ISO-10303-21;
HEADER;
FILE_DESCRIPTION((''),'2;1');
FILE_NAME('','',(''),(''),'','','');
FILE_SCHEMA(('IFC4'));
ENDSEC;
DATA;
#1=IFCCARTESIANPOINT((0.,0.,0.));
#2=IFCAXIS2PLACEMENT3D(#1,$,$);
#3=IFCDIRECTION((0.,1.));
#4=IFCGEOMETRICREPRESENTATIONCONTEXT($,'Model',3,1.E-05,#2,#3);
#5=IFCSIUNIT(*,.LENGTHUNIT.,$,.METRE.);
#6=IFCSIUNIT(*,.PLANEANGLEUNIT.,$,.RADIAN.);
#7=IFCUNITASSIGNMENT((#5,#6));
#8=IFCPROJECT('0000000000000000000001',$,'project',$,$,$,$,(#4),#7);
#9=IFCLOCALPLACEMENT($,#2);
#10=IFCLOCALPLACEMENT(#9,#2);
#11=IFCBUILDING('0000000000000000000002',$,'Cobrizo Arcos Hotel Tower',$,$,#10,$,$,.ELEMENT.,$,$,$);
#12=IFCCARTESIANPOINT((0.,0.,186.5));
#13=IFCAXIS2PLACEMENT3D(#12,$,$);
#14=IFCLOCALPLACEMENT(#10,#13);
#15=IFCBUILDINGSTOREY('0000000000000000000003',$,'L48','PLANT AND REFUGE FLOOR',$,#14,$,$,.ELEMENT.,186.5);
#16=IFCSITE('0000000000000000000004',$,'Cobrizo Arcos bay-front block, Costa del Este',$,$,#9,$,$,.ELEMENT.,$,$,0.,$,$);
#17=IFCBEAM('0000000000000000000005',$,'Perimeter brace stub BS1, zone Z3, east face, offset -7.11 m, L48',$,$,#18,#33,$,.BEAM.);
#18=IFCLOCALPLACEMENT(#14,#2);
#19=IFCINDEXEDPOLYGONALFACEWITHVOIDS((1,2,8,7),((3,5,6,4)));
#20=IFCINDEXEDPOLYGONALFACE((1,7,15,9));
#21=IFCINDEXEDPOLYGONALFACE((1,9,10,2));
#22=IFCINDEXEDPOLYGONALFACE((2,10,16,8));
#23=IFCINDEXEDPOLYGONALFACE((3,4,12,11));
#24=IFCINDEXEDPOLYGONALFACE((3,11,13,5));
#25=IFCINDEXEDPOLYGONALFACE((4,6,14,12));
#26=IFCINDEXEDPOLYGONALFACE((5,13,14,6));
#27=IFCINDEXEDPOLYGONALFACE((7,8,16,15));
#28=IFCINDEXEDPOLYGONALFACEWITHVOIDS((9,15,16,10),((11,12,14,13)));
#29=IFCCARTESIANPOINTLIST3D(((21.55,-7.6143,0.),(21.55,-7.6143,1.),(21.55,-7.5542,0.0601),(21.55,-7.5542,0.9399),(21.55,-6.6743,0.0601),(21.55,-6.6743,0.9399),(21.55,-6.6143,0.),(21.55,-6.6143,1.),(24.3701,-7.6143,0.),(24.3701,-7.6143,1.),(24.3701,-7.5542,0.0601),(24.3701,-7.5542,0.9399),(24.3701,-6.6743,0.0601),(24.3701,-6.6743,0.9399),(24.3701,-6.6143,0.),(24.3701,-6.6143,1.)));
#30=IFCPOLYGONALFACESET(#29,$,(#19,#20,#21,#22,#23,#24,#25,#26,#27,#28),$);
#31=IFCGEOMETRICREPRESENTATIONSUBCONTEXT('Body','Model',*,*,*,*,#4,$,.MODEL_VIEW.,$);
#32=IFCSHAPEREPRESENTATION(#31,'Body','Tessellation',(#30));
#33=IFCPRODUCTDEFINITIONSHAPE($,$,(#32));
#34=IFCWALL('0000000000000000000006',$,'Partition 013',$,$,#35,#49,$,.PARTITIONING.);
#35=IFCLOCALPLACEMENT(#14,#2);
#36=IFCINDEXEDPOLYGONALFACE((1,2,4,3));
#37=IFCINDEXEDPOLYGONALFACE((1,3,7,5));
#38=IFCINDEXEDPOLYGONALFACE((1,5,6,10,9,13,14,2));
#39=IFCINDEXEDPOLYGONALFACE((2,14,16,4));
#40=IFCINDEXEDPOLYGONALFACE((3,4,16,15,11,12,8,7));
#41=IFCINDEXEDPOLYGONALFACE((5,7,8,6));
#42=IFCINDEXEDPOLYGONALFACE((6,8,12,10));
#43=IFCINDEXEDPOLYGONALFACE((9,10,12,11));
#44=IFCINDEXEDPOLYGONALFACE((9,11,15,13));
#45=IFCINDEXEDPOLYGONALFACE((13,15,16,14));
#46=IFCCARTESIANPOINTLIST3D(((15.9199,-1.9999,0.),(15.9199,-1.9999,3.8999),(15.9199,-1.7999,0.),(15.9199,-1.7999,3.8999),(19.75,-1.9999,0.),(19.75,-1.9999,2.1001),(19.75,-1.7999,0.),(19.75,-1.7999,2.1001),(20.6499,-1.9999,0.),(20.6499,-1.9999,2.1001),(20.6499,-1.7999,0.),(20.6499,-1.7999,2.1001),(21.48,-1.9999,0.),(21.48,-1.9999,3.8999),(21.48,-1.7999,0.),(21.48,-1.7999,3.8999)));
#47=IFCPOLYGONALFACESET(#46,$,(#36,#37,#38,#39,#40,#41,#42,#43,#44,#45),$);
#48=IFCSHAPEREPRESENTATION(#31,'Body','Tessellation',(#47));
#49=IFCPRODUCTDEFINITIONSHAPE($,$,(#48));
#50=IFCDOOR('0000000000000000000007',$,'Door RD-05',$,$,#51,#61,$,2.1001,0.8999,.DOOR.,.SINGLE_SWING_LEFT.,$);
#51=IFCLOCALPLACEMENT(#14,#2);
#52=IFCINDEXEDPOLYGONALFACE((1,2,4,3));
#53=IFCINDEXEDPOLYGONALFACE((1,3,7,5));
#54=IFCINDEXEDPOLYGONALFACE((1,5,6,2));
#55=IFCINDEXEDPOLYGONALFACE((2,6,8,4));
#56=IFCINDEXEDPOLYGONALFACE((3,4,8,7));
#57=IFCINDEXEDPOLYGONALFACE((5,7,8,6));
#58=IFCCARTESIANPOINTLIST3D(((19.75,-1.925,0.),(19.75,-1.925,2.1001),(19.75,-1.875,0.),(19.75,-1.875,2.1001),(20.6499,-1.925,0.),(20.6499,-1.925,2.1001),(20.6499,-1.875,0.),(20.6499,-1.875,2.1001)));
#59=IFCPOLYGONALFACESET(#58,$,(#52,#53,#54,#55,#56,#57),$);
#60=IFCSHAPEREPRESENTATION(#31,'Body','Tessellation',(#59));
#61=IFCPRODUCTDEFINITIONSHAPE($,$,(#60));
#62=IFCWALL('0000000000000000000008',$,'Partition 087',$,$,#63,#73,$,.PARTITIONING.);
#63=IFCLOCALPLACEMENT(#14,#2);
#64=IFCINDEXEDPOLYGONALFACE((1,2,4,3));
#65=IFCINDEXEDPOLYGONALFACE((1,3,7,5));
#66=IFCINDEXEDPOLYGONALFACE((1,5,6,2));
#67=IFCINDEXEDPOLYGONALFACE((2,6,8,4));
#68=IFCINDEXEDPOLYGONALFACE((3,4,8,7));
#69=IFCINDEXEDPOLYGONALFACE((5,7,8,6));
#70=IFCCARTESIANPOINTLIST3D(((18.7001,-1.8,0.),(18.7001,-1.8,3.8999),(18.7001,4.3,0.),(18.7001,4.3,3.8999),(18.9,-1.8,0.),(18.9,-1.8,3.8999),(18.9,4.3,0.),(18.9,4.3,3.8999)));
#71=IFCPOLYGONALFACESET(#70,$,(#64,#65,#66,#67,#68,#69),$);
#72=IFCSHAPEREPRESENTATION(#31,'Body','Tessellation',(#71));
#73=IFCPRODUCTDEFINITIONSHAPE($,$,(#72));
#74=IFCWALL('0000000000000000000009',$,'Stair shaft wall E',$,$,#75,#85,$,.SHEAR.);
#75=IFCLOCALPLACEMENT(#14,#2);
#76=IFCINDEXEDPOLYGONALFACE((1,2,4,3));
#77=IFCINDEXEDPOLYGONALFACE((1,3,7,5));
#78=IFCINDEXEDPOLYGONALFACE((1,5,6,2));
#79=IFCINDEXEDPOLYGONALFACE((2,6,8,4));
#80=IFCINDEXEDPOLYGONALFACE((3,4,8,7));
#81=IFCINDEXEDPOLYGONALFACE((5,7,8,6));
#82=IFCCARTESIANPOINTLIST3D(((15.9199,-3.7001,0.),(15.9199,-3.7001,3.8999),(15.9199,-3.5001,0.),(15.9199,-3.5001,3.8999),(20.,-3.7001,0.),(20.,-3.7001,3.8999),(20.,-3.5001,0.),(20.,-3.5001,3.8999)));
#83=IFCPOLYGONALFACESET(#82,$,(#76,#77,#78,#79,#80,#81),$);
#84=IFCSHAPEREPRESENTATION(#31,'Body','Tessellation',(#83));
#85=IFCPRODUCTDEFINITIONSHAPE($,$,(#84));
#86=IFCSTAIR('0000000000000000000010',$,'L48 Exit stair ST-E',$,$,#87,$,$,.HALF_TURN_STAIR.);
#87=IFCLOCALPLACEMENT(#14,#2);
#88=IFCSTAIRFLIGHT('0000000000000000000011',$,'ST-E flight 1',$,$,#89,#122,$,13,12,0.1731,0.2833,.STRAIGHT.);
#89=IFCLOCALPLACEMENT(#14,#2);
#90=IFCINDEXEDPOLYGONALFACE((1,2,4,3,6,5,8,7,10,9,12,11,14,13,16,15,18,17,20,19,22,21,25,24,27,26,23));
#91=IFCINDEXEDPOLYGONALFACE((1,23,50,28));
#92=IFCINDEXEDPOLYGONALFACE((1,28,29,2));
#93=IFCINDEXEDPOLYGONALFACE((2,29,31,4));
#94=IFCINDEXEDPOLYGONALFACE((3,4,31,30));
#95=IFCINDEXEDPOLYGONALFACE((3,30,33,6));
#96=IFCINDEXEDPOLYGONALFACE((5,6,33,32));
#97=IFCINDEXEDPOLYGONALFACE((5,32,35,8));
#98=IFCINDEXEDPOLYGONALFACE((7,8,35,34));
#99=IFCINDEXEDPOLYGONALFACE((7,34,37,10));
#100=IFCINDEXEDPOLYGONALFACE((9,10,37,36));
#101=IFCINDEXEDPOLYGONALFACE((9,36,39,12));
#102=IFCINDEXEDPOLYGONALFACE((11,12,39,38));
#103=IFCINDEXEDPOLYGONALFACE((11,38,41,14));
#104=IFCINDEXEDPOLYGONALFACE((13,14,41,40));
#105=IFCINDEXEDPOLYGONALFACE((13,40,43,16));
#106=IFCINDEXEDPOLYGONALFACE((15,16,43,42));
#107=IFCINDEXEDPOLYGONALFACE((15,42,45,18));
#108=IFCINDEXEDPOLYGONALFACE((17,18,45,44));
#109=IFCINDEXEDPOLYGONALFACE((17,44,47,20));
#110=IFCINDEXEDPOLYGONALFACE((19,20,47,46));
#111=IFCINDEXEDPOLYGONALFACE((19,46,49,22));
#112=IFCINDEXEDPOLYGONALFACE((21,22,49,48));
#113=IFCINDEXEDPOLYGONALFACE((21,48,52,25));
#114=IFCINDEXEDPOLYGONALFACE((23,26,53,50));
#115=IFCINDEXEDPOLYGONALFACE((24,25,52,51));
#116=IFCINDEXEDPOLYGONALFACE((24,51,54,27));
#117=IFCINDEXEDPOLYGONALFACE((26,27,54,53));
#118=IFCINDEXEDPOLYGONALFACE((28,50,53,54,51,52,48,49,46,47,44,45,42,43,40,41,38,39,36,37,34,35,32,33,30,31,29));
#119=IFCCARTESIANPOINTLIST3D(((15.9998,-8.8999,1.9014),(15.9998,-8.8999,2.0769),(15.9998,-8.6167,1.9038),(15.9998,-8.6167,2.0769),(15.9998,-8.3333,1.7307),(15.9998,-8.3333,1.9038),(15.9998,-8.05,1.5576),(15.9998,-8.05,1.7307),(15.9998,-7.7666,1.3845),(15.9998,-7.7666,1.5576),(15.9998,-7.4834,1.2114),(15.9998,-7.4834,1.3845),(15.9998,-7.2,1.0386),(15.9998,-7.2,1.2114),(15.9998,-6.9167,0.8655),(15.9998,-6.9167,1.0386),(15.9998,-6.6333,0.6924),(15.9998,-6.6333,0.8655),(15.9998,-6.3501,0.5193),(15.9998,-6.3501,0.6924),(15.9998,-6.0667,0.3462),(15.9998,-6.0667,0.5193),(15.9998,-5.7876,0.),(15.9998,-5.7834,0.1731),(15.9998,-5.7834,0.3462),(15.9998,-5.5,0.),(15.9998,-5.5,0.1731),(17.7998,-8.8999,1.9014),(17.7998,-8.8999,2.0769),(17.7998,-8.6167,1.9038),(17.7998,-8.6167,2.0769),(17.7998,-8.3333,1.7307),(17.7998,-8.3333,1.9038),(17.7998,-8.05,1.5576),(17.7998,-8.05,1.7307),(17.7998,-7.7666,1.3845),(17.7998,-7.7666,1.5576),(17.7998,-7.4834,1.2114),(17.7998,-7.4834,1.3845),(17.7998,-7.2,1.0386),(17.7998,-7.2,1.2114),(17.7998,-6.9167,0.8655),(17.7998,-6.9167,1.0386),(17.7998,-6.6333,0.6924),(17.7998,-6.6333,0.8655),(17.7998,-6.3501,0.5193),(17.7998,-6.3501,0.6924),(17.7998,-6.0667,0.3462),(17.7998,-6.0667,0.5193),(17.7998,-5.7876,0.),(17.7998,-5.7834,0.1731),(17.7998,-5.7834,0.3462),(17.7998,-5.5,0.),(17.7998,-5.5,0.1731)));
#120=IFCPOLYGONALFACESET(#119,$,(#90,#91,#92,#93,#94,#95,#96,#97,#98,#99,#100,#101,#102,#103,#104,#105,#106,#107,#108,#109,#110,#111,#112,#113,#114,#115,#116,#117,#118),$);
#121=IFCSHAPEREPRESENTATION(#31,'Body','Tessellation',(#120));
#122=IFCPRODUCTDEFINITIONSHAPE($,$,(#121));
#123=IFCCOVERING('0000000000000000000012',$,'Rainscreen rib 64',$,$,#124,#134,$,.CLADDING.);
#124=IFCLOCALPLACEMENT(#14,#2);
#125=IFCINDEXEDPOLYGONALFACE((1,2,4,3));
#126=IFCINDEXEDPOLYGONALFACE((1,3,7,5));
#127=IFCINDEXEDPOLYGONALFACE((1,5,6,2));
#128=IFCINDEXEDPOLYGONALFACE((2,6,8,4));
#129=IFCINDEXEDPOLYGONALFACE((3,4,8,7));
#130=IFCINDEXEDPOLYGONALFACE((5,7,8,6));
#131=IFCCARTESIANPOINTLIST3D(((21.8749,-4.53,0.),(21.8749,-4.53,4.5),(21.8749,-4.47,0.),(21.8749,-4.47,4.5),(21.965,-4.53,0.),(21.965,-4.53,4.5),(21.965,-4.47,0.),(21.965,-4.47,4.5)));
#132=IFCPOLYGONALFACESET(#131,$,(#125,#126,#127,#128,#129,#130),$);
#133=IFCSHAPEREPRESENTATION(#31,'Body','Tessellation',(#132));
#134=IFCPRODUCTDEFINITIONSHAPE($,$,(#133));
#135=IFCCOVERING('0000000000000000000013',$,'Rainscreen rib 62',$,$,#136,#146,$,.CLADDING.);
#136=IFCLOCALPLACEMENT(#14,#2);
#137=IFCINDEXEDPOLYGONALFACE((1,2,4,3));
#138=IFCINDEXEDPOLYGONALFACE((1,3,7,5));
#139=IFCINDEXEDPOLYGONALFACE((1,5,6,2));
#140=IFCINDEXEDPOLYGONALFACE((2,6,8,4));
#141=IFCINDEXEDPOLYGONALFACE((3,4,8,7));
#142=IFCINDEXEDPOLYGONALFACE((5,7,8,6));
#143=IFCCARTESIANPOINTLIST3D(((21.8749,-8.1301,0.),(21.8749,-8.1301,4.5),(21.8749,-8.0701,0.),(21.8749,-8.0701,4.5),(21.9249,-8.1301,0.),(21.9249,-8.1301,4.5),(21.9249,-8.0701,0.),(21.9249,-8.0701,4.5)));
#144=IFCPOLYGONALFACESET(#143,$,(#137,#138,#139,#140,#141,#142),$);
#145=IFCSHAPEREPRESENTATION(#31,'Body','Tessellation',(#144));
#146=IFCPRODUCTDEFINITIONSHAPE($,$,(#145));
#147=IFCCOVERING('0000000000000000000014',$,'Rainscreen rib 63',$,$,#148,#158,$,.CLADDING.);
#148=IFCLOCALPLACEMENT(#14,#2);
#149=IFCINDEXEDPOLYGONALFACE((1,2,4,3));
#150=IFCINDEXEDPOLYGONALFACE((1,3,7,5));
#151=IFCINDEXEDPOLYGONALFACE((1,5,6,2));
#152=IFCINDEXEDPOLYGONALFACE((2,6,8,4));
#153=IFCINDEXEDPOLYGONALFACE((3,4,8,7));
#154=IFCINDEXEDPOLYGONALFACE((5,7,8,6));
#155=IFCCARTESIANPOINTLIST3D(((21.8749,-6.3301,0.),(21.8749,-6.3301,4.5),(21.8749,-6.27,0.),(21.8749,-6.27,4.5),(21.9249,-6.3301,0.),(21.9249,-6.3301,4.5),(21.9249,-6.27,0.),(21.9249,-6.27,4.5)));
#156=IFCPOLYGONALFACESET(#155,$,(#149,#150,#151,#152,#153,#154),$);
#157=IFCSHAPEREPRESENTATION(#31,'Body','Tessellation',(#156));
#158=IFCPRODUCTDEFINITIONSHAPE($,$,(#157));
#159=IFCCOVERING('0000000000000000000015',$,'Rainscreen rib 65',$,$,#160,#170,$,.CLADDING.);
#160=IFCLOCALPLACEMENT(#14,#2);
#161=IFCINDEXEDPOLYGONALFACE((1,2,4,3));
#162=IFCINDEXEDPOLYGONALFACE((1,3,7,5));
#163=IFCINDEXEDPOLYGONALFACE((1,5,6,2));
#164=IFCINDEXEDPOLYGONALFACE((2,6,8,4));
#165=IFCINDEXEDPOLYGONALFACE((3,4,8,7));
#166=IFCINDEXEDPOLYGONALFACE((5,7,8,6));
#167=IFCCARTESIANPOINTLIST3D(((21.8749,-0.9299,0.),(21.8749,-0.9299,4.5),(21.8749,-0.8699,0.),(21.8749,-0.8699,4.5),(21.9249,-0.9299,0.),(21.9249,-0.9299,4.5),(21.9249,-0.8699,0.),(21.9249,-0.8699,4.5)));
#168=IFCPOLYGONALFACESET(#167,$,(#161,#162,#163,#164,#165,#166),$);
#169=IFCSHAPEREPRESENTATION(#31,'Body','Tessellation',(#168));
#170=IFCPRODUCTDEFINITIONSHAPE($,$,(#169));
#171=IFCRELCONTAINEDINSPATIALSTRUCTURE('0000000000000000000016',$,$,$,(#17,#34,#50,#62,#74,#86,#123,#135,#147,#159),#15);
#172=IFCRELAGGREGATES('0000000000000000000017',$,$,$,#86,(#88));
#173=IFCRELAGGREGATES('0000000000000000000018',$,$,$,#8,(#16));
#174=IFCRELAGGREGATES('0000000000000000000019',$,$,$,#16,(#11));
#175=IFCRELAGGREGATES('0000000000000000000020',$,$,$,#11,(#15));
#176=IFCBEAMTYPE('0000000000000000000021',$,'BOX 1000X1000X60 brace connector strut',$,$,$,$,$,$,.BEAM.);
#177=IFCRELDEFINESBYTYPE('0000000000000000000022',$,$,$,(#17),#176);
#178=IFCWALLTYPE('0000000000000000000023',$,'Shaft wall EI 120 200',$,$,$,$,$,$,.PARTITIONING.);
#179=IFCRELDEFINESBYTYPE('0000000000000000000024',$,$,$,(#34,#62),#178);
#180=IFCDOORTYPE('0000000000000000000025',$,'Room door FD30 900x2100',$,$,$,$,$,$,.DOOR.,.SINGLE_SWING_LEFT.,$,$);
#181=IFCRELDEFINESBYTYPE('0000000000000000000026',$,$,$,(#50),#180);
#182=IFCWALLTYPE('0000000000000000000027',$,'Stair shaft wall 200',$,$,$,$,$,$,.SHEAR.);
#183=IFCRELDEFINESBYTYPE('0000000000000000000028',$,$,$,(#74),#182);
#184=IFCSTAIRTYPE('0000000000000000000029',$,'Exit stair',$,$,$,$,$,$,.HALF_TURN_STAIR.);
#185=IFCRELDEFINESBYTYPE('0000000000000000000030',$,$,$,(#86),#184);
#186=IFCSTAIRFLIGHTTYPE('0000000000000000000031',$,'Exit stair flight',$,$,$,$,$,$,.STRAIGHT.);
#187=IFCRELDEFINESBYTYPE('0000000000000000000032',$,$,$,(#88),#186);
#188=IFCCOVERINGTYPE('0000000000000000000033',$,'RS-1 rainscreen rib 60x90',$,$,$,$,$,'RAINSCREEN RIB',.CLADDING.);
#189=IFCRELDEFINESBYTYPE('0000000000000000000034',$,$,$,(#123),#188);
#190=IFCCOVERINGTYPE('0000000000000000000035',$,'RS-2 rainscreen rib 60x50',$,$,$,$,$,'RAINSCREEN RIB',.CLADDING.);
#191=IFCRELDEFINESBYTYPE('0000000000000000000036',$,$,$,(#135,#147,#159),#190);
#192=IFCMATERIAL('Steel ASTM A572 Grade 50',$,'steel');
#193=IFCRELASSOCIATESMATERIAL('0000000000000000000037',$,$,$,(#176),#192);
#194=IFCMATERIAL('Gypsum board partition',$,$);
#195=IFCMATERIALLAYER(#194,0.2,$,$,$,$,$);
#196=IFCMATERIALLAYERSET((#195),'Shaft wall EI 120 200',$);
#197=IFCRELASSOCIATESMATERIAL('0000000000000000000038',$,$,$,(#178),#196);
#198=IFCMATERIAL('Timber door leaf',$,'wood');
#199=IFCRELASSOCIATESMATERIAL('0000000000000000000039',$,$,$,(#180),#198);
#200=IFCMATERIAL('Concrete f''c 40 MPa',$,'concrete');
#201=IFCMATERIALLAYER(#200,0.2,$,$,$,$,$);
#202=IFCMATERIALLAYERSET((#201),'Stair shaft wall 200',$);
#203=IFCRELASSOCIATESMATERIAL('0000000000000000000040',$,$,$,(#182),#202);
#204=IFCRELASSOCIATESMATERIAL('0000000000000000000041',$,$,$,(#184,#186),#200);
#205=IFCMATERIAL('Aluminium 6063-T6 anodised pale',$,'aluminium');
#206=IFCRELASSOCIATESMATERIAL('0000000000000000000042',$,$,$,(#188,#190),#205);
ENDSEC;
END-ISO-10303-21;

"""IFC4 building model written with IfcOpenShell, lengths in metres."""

from ifc_helpers import new_model, si_unit, direction, frame, frame_2d, origin, origin_2d, place, context, subcontext, project, spatial, polyline, rectangle, hollow_rectangle, outline, extrude, material, layer, layer_set, material_profile, profile_set, type_object, element, fill, aggregate, save


model = new_model("IFC4")

# Units and contexts
model_context = context("Model", 3, precision=1e-05, world=origin(), true_north=direction((0.0, 1.0)))
body_context = subcontext(model_context, "Body", "Model", "MODEL_VIEW")
ifc_project = project(units=[si_unit("LENGTHUNIT", "METRE"), si_unit("PLANEANGLEUNIT", "RADIAN")], contexts=[model_context])

# Site, building, storey
site_placement = place(None, origin())
site = spatial("IfcSite", under=ifc_project, at=site_placement, Name="Cobrizo Arcos bay-front block, Costa del Este", CompositionType="ELEMENT", RefElevation=0.0)
building_placement = place(site_placement, origin())
building = spatial("IfcBuilding", under=site, at=building_placement, Name="Cobrizo Arcos Hotel Tower", CompositionType="ELEMENT")
storey_placement = place(building_placement, frame((0.0, 0.0, 186.5)))
storey = spatial("IfcBuildingStorey", under=building, at=storey_placement, Name="L48", Description="PLANT AND REFUGE FLOOR", CompositionType="ELEMENT", Elevation=186.5)

# Beam
ifc_material_1 = material(Name="Steel ASTM A572 Grade 50", Category="steel")
ifc_material_profile = material_profile(ifc_material_1, hollow_rectangle(XDim=1.0, YDim=1.0, WallThickness=0.0601, at=origin_2d()), Name="BOX 1000X1000X60")
ifc_profile_set = profile_set([ifc_material_profile], Name="Steel ASTM A572 Grade 50")
beam_type = type_object("IfcBeamType", Name="BOX 1000X1000X60 brace connector strut", PredefinedType="BEAM", material=ifc_profile_set)
beam_placement = place(storey_placement, frame((21.55, -7.1143, 0.5), z_axis=(1.0, 0.0, 0.0), x_axis=(0.0, 1.0, 0.0)))
element("IfcBeam", 1, at=beam_placement, inside=storey, type_object=beam_type, Name="Perimeter brace stub BS1, zone Z3, east face, offset -7.11 m, L48", PredefinedType="BEAM", context=body_context, shape_type="SweptSolid", body=[
    extrude(hollow_rectangle(XDim=1.0, YDim=1.0, WallThickness=0.0601, at=origin_2d()), origin(), (0.0, 0.0, 1.0), 2.8201),
])

# Wall, opening, door
ifc_material_2 = material(Name="Gypsum board partition")
ifc_layer_1 = layer(ifc_material_2, 0.2)
ifc_layer_set_1 = layer_set([ifc_layer_1], Name="Shaft wall EI 120 200")
wall_type_1 = type_object("IfcWallType", Name="Shaft wall EI 120 200", PredefinedType="PARTITIONING", material=ifc_layer_set_1)
wall_1_placement = place(storey_placement, frame((15.9199, -1.8999, 0.0), z_axis=(0.0, 0.0, 1.0), x_axis=(1.0, 0.0, 0.0)))
wall_1 = element("IfcWall", 2, at=wall_1_placement, inside=storey, type_object=wall_type_1, Name="Partition 013", PredefinedType="PARTITIONING", context=body_context, shape_type="SweptSolid", body=[
    extrude(rectangle(XDim=5.5601, YDim=0.2, at=frame_2d((2.78, 0.0))), origin(), (0.0, 0.0, 1.0), 3.8999),
])
opening_placement = place(wall_1_placement, frame((3.8301, 0.0, 0.0)))
opening = element("IfcOpeningElement", 3, at=opening_placement, cuts=wall_1, PredefinedType="OPENING", context=body_context, shape_type="SweptSolid", body=[
    extrude(rectangle(XDim=0.8999, YDim=2.1001, at=frame_2d((0.45, 1.05))), frame((0.0, 0.1121, 0.0), z_axis=(0.0, -1.0, 0.0), x_axis=(1.0, 0.0, 0.0)), (0.0, 0.0, 1.0), 0.2239),
])
ifc_material_3 = material(Name="Timber door leaf", Category="wood")
door_type = type_object("IfcDoorType", Name="Room door FD30 900x2100", OperationType="SINGLE_SWING_LEFT", PredefinedType="DOOR", material=ifc_material_3)
door_placement = place(opening_placement, origin())
door = element("IfcDoor", 4, at=door_placement, inside=storey, type_object=door_type, Name="Door RD-05", OperationType="SINGLE_SWING_LEFT", OverallHeight=2.1001, OverallWidth=0.8999, PredefinedType="DOOR", context=body_context, shape_type="SweptSolid", body=[
    extrude(rectangle(XDim=0.8999, YDim=2.1001, at=frame_2d((0.45, 1.05))), frame((0.0, 0.0249, 0.0), z_axis=(0.0, -1.0, 0.0), x_axis=(1.0, 0.0, 0.0)), (0.0, 0.0, 1.0), 0.05),
])
fill(opening, door)

# Walls
wall_2_placement = place(storey_placement, frame((18.8, -1.8, 0.0), z_axis=(0.0, 0.0, 1.0), x_axis=(0.0, 1.0, 0.0)))
element("IfcWall", 5, at=wall_2_placement, inside=storey, type_object=wall_type_1, Name="Partition 087", PredefinedType="PARTITIONING", context=body_context, shape_type="SweptSolid", body=[
    extrude(rectangle(XDim=6.1001, YDim=0.2, at=frame_2d((3.05, 0.0))), origin(), (0.0, 0.0, 1.0), 3.8999),
])
ifc_material_4 = material(Name="Concrete f'c 40 MPa", Category="concrete")
ifc_layer_2 = layer(ifc_material_4, 0.2)
ifc_layer_set_2 = layer_set([ifc_layer_2], Name="Stair shaft wall 200")
wall_type_2 = type_object("IfcWallType", Name="Stair shaft wall 200", PredefinedType="SHEAR", material=ifc_layer_set_2)
wall_3_placement = place(storey_placement, frame((15.9199, -3.6001, 0.0), z_axis=(0.0, 0.0, 1.0), x_axis=(1.0, 0.0, 0.0)))
element("IfcWall", 6, at=wall_3_placement, inside=storey, type_object=wall_type_2, Name="Stair shaft wall E", PredefinedType="SHEAR", context=body_context, shape_type="SweptSolid", body=[
    extrude(rectangle(XDim=4.0801, YDim=0.2, at=frame_2d((2.04, 0.0))), origin(), (0.0, 0.0, 1.0), 3.8999),
])

# Stair, stair flight
stair_type = type_object("IfcStairType", Name="Exit stair", PredefinedType="HALF_TURN_STAIR", material=ifc_material_4)
stair_placement = place(storey_placement, origin())
stair = element("IfcStair", 7, at=stair_placement, inside=storey, type_object=stair_type, Name="L48 Exit stair ST-E", PredefinedType="HALF_TURN_STAIR")
stair_flight_type = type_object("IfcStairFlightType", Name="Exit stair flight", PredefinedType="STRAIGHT", material=ifc_material_4)
stair_flight_placement = place(storey_placement, frame((16.8999, -5.5, 0.0), z_axis=(0.0, 0.0, 1.0), x_axis=(0.0, -1.0, 0.0)))
stair_flight = element("IfcStairFlight", 8, at=stair_flight_placement, type_object=stair_flight_type, Name="ST-E flight 1", NumberOfRisers=13, NumberOfTreads=12, PredefinedType="STRAIGHT", RiserHeight=0.1731, TreadLength=0.2833, context=body_context, shape_type="SweptSolid", body=[
    extrude(outline(polyline([(0.0, 0.0), (0.0, 0.1731), (0.2834, 0.1731), (0.2834, 0.3462), (0.5667, 0.3462), (0.5667, 0.5193), (0.8501, 0.5193), (0.8501, 0.6924), (1.1333, 0.6924), (1.1333, 0.8655), (1.4167, 0.8655), (1.4167, 1.0386), (1.7, 1.0386), (1.7, 1.2114), (1.9834, 1.2114), (1.9834, 1.3845), (2.2666, 1.3845), (2.2666, 1.5576), (2.55, 1.5576), (2.55, 1.7307), (2.8333, 1.7307), (2.8333, 1.9038), (3.1167, 1.9038), (3.1167, 2.0769), (3.3999, 2.0769), (3.3999, 2.25), (3.3999, 1.9014), (0.2876, 0.0), (0.0, 0.0)])), frame((0.0, 0.8999, 0.0), z_axis=(0.0, -1.0, 0.0), x_axis=(1.0, 0.0, 0.0)), (0.0, 0.0, 1.0), 1.8),
])
aggregate(stair, [stair_flight])

# Coverings
ifc_material_5 = material(Name="Aluminium 6063-T6 anodised pale", Category="aluminium")
covering_type_1 = type_object("IfcCoveringType", Name="RS-1 rainscreen rib 60x90", ElementType="RAINSCREEN RIB", PredefinedType="CLADDING", material=ifc_material_5)
covering_placement = place(storey_placement, frame((21.9199, -4.5, 0.0), z_axis=(0.0, 0.0, 1.0), x_axis=(0.0, 1.0, 0.0)))
element("IfcCovering", 9, at=covering_placement, inside=storey, type_object=covering_type_1, Name="Rainscreen rib 64", PredefinedType="CLADDING", context=body_context, shape_type="SweptSolid", body=[
    extrude(rectangle(XDim=0.0601, YDim=0.0901, at=origin_2d()), origin(), (0.0, 0.0, 1.0), 4.5),
])
covering_type_2 = type_object("IfcCoveringType", Name="RS-2 rainscreen rib 60x50", ElementType="RAINSCREEN RIB", PredefinedType="CLADDING", material=ifc_material_5)
for number, where, z_axis, x_axis, name in (
    (10, (21.8999, -8.1001, 0.0), (0.0, 0.0, 1.0), (0.0, 1.0, 0.0), "Rainscreen rib 62"),
    (11, (21.8999, -6.3, 0.0), (0.0, 0.0, 1.0), (0.0, 1.0, 0.0), "Rainscreen rib 63"),
    (12, (21.8999, -0.8999, 0.0), (0.0, 0.0, 1.0), (0.0, 1.0, 0.0), "Rainscreen rib 65"),
):
    element("IfcCovering", number, at=place(storey_placement, frame(where, z_axis=z_axis, x_axis=x_axis)), inside=storey, type_object=covering_type_2, Name=name, PredefinedType="CLADDING", context=body_context, shape_type="SweptSolid", body=[
        extrude(rectangle(XDim=0.0601, YDim=0.05, at=origin_2d()), origin(), (0.0, 0.0, 1.0), 4.5),
    ])

save(model, "model.ifc")
